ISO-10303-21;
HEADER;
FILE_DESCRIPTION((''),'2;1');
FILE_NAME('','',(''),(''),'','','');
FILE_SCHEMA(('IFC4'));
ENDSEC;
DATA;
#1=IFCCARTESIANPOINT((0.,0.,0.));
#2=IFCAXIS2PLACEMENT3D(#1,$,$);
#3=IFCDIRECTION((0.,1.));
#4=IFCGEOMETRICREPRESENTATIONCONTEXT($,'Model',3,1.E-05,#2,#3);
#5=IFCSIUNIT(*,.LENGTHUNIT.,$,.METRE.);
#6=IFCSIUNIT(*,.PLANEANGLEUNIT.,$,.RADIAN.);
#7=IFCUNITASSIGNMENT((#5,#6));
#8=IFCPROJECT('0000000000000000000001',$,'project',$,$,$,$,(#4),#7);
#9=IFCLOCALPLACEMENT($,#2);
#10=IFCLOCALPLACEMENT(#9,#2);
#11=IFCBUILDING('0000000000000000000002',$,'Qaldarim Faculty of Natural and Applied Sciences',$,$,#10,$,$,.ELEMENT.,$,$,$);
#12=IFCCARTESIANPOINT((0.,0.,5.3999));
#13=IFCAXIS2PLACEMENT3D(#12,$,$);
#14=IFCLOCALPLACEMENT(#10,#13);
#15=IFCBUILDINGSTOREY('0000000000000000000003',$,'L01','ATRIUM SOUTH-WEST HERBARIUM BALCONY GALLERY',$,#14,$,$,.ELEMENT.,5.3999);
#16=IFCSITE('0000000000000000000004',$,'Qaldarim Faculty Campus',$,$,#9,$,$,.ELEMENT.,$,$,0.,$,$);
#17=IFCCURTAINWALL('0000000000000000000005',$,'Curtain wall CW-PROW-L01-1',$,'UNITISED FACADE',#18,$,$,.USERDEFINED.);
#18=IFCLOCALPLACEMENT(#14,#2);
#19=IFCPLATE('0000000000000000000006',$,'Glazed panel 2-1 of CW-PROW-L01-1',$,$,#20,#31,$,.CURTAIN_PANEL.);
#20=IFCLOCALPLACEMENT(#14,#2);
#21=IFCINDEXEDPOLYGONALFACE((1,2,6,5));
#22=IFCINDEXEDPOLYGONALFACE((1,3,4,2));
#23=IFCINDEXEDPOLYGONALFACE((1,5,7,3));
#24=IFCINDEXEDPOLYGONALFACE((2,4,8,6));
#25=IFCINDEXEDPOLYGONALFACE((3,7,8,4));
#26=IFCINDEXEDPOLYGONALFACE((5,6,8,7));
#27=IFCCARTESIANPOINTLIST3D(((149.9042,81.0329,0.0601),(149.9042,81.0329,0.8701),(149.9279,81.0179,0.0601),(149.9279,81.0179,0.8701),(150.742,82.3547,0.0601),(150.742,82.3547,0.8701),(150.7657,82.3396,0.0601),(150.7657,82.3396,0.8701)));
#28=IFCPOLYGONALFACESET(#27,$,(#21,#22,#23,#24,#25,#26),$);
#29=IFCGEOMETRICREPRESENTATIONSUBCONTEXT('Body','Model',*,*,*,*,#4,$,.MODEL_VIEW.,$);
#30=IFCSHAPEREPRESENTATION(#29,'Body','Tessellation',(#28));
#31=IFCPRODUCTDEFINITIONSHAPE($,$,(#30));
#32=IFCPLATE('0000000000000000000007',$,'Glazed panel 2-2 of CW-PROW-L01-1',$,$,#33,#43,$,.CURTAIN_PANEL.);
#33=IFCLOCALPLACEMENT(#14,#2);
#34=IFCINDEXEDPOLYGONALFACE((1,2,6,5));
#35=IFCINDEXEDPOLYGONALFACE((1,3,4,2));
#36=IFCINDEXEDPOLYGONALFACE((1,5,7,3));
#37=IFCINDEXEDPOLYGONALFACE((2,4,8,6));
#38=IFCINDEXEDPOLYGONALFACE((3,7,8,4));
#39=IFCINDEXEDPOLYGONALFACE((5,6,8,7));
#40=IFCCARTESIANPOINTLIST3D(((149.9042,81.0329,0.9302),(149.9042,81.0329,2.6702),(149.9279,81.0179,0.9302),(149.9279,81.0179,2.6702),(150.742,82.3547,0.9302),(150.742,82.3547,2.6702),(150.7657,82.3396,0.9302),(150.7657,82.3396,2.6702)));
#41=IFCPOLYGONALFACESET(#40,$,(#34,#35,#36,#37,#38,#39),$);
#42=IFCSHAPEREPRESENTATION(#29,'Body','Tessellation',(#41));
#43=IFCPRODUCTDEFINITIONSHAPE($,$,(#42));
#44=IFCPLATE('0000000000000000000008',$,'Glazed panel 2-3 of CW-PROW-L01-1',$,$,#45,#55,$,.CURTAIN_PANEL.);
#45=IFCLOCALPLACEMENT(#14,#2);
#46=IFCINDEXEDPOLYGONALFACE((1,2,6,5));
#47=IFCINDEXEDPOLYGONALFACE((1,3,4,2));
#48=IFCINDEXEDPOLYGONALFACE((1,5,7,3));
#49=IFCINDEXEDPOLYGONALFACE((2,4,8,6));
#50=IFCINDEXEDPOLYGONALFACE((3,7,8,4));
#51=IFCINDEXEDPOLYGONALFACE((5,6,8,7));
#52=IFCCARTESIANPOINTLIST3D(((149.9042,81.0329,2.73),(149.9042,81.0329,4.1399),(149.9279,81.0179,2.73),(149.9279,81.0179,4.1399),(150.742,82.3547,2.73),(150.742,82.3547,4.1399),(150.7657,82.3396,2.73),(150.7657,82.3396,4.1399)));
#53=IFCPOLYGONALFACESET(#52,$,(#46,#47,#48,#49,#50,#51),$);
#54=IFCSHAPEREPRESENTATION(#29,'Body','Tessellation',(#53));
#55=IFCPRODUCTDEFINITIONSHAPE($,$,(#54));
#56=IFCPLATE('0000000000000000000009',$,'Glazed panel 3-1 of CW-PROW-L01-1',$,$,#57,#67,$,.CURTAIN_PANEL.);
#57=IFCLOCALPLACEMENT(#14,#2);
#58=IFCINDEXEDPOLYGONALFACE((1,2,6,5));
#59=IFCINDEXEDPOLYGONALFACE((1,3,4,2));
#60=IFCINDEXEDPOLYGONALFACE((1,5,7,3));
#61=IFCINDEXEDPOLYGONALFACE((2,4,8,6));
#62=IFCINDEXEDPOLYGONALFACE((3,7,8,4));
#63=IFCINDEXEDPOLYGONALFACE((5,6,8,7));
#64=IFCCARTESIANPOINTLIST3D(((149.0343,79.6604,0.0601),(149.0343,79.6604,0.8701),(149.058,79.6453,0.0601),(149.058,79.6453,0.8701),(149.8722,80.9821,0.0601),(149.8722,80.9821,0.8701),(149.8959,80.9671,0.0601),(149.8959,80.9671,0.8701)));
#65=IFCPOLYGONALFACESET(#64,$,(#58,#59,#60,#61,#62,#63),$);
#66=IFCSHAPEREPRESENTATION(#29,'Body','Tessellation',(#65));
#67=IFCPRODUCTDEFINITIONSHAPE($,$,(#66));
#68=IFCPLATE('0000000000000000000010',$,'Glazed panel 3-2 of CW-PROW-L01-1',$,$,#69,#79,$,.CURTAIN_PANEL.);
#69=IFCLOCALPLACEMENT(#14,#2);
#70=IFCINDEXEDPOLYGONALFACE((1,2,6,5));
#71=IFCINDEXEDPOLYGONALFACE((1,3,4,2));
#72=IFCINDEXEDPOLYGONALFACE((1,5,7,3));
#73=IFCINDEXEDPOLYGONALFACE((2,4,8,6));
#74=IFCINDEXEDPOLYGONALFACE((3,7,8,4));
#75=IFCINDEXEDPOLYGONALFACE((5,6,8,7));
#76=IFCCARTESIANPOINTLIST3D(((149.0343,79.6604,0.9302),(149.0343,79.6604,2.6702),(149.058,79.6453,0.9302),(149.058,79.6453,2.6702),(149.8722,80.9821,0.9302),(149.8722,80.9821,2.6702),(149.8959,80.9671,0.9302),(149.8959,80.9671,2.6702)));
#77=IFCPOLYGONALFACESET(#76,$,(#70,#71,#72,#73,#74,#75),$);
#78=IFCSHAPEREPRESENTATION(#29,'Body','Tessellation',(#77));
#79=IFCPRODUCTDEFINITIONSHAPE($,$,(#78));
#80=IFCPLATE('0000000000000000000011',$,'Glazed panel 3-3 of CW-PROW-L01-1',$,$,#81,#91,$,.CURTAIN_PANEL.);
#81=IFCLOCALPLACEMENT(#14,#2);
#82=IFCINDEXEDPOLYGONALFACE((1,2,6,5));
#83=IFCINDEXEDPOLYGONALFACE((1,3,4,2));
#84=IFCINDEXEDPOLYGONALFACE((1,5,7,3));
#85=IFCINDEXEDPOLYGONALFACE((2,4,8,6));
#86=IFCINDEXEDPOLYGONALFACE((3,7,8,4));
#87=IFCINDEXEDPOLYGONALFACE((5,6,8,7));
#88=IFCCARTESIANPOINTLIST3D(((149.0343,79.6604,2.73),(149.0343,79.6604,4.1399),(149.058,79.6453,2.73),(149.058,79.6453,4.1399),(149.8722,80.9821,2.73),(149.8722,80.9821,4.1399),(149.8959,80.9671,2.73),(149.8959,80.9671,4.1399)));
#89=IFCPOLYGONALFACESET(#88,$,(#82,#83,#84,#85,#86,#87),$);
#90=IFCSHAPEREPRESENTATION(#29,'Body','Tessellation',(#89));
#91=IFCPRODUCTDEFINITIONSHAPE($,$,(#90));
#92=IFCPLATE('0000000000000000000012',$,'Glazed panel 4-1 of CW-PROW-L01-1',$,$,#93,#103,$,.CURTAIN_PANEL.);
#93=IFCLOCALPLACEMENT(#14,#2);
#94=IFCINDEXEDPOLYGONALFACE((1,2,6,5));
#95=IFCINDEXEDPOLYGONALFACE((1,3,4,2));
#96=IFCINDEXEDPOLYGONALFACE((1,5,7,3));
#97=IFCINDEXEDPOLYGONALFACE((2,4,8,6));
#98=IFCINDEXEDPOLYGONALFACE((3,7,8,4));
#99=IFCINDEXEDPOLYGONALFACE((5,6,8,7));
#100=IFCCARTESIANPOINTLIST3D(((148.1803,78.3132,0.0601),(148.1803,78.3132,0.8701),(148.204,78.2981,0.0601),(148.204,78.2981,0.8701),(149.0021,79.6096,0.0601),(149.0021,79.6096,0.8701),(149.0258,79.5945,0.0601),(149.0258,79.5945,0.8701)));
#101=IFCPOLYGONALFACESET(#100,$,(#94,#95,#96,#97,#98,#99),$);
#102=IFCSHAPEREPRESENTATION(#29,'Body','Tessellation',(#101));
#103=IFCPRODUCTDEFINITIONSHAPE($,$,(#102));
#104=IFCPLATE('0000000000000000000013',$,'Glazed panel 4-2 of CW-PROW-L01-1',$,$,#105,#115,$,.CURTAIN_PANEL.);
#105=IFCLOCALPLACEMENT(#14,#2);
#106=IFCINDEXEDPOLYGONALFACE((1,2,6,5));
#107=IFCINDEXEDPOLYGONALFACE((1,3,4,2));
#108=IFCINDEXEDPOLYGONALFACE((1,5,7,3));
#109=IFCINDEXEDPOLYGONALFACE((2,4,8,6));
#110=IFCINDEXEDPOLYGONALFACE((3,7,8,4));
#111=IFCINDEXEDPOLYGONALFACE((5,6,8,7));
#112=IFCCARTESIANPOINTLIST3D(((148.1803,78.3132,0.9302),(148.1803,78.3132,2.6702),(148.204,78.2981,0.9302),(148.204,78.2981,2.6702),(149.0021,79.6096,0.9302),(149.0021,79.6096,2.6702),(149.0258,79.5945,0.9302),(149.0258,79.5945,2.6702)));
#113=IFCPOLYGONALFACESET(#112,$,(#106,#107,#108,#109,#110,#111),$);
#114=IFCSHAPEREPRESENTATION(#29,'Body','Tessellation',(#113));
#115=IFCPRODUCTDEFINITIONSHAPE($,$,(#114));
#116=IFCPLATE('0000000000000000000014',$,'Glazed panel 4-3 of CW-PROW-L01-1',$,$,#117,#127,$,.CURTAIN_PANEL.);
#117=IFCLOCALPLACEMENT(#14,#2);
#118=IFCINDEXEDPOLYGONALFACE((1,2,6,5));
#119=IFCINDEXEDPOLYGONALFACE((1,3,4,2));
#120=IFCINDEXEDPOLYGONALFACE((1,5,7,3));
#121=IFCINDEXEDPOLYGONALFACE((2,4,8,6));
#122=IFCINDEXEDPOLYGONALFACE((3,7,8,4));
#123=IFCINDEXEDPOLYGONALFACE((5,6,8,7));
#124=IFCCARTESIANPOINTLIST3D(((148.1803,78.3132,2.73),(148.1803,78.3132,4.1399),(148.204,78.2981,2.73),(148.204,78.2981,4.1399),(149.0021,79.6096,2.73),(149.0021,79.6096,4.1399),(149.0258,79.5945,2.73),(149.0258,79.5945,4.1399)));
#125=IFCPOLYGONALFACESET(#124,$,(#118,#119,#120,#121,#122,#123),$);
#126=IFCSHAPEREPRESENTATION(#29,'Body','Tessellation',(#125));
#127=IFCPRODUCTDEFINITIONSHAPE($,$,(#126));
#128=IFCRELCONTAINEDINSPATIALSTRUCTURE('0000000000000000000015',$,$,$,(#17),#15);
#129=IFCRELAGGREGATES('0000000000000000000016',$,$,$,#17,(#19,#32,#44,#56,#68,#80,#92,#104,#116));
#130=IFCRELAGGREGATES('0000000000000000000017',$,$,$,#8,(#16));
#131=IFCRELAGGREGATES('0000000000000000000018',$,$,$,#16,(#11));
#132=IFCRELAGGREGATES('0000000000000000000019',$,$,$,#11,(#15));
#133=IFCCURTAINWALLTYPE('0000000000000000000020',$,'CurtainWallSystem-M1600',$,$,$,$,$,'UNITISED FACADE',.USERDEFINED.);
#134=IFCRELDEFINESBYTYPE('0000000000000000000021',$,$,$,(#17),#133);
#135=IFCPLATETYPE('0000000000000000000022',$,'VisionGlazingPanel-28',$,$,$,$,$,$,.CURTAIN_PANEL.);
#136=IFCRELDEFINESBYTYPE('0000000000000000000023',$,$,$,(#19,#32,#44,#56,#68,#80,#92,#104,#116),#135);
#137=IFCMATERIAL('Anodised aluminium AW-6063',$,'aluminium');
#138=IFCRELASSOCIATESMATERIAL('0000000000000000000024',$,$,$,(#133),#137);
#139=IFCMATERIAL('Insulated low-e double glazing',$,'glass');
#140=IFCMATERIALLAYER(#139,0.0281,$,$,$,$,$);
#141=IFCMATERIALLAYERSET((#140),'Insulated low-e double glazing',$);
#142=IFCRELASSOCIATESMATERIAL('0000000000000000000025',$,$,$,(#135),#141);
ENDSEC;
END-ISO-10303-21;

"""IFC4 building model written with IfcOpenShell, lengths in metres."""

from ifc_helpers import new_model, si_unit, direction, frame, origin, origin_2d, place, context, subcontext, project, spatial, rectangle, extrude, material, layer, layer_set, type_object, element, aggregate, save


model = new_model("IFC4")

# Units and contexts
model_context = context("Model", 3, precision=1e-05, world=origin(), true_north=direction((0.0, 1.0)))
body_context = subcontext(model_context, "Body", "Model", "MODEL_VIEW")
ifc_project = project(units=[si_unit("LENGTHUNIT", "METRE"), si_unit("PLANEANGLEUNIT", "RADIAN")], contexts=[model_context])

# Site, building, storey
site_placement = place(None, origin())
site = spatial("IfcSite", under=ifc_project, at=site_placement, Name="Qaldarim Faculty Campus", CompositionType="ELEMENT", RefElevation=0.0)
building_placement = place(site_placement, origin())
building = spatial("IfcBuilding", under=site, at=building_placement, Name="Qaldarim Faculty of Natural and Applied Sciences", CompositionType="ELEMENT")
storey_placement = place(building_placement, frame((0.0, 0.0, 5.3999)))
storey = spatial("IfcBuildingStorey", under=building, at=storey_placement, Name="L01", Description="ATRIUM SOUTH-WEST HERBARIUM BALCONY GALLERY", CompositionType="ELEMENT", Elevation=5.3999)

# Curtain wall, plates
ifc_material_1 = material(Name="Anodised aluminium AW-6063", Category="aluminium")
curtain_wall_type = type_object("IfcCurtainWallType", Name="CurtainWallSystem-M1600", ElementType="UNITISED FACADE", PredefinedType="USERDEFINED", material=ifc_material_1)
curtain_wall_placement = place(storey_placement, origin())
curtain_wall = element("IfcCurtainWall", 1, at=curtain_wall_placement, inside=storey, type_object=curtain_wall_type, Name="Curtain wall CW-PROW-L01-1", ObjectType="UNITISED FACADE", PredefinedType="USERDEFINED")
ifc_material_2 = material(Name="Insulated low-e double glazing", Category="glass")
ifc_layer = layer(ifc_material_2, 0.0281)
ifc_layer_set = layer_set([ifc_layer], Name="Insulated low-e double glazing")
plate_type = type_object("IfcPlateType", Name="VisionGlazingPanel-28", PredefinedType="CURTAIN_PANEL", material=ifc_layer_set)
plate_1_placement = place(storey_placement, frame((150.335, 81.6863, 0.0601), z_axis=(0.0, 0.0, 1.0), x_axis=(-0.535385, -0.844608, 0.0)))
plate_1 = element("IfcPlate", 2, at=plate_1_placement, type_object=plate_type, Name="Glazed panel 2-1 of CW-PROW-L01-1", PredefinedType="CURTAIN_PANEL", context=body_context, shape_type="SweptSolid", body=[
    extrude(rectangle(XDim=1.5649, YDim=0.0281, at=origin_2d()), origin(), (0.0, 0.0, 1.0), 0.8101),
])
plate_2_placement = place(storey_placement, frame((150.335, 81.6863, 0.9302), z_axis=(0.0, 0.0, 1.0), x_axis=(-0.535385, -0.844608, 0.0)))
plate_2 = element("IfcPlate", 3, at=plate_2_placement, type_object=plate_type, Name="Glazed panel 2-2 of CW-PROW-L01-1", PredefinedType="CURTAIN_PANEL", context=body_context, shape_type="SweptSolid", body=[
    extrude(rectangle(XDim=1.5649, YDim=0.0281, at=origin_2d()), origin(), (0.0, 0.0, 1.0), 1.74),
])
plate_3_placement = place(storey_placement, frame((150.335, 81.6863, 2.73), z_axis=(0.0, 0.0, 1.0), x_axis=(-0.535385, -0.844608, 0.0)))
plate_3 = element("IfcPlate", 4, at=plate_3_placement, type_object=plate_type, Name="Glazed panel 2-3 of CW-PROW-L01-1", PredefinedType="CURTAIN_PANEL", context=body_context, shape_type="SweptSolid", body=[
    extrude(rectangle(XDim=1.5649, YDim=0.0281, at=origin_2d()), origin(), (0.0, 0.0, 1.0), 1.4099),
])
plate_4_placement = place(storey_placement, frame((149.4651, 80.3137, 0.0601), z_axis=(0.0, 0.0, 1.0), x_axis=(-0.535385, -0.844608, 0.0)))
plate_4 = element("IfcPlate", 5, at=plate_4_placement, type_object=plate_type, Name="Glazed panel 3-1 of CW-PROW-L01-1", PredefinedType="CURTAIN_PANEL", context=body_context, shape_type="SweptSolid", body=[
    extrude(rectangle(XDim=1.5649, YDim=0.0281, at=origin_2d()), origin(), (0.0, 0.0, 1.0), 0.8101),
])
plate_5_placement = place(storey_placement, frame((149.4651, 80.3137, 0.9302), z_axis=(0.0, 0.0, 1.0), x_axis=(-0.535385, -0.844608, 0.0)))
plate_5 = element("IfcPlate", 6, at=plate_5_placement, type_object=plate_type, Name="Glazed panel 3-2 of CW-PROW-L01-1", PredefinedType="CURTAIN_PANEL", context=body_context, shape_type="SweptSolid", body=[
    extrude(rectangle(XDim=1.5649, YDim=0.0281, at=origin_2d()), origin(), (0.0, 0.0, 1.0), 1.74),
])
plate_6_placement = place(storey_placement, frame((149.4651, 80.3137, 2.73), z_axis=(0.0, 0.0, 1.0), x_axis=(-0.535385, -0.844608, 0.0)))
plate_6 = element("IfcPlate", 7, at=plate_6_placement, type_object=plate_type, Name="Glazed panel 3-3 of CW-PROW-L01-1", PredefinedType="CURTAIN_PANEL", context=body_context, shape_type="SweptSolid", body=[
    extrude(rectangle(XDim=1.5649, YDim=0.0281, at=origin_2d()), origin(), (0.0, 0.0, 1.0), 1.4099),
])
plate_7_placement = place(storey_placement, frame((148.603, 78.9539, 0.0601), z_axis=(0.0, 0.0, 1.0), x_axis=(-0.535385, -0.844608, 0.0)))
plate_7 = element("IfcPlate", 8, at=plate_7_placement, type_object=plate_type, Name="Glazed panel 4-1 of CW-PROW-L01-1", PredefinedType="CURTAIN_PANEL", context=body_context, shape_type="SweptSolid", body=[
    extrude(rectangle(XDim=1.5349, YDim=0.0281, at=origin_2d()), origin(), (0.0, 0.0, 1.0), 0.8101),
])
plate_8_placement = place(storey_placement, frame((148.603, 78.9539, 0.9302), z_axis=(0.0, 0.0, 1.0), x_axis=(-0.535385, -0.844608, 0.0)))
plate_8 = element("IfcPlate", 9, at=plate_8_placement, type_object=plate_type, Name="Glazed panel 4-2 of CW-PROW-L01-1", PredefinedType="CURTAIN_PANEL", context=body_context, shape_type="SweptSolid", body=[
    extrude(rectangle(XDim=1.5349, YDim=0.0281, at=origin_2d()), origin(), (0.0, 0.0, 1.0), 1.74),
])
plate_9_placement = place(storey_placement, frame((148.603, 78.9539, 2.73), z_axis=(0.0, 0.0, 1.0), x_axis=(-0.535385, -0.844608, 0.0)))
plate_9 = element("IfcPlate", 10, at=plate_9_placement, type_object=plate_type, Name="Glazed panel 4-3 of CW-PROW-L01-1", PredefinedType="CURTAIN_PANEL", context=body_context, shape_type="SweptSolid", body=[
    extrude(rectangle(XDim=1.5349, YDim=0.0281, at=origin_2d()), origin(), (0.0, 0.0, 1.0), 1.4099),
])
aggregate(curtain_wall, [plate_1, plate_2, plate_3, plate_4, plate_5, plate_6, plate_7, plate_8, plate_9])

save(model, "model.ifc")
